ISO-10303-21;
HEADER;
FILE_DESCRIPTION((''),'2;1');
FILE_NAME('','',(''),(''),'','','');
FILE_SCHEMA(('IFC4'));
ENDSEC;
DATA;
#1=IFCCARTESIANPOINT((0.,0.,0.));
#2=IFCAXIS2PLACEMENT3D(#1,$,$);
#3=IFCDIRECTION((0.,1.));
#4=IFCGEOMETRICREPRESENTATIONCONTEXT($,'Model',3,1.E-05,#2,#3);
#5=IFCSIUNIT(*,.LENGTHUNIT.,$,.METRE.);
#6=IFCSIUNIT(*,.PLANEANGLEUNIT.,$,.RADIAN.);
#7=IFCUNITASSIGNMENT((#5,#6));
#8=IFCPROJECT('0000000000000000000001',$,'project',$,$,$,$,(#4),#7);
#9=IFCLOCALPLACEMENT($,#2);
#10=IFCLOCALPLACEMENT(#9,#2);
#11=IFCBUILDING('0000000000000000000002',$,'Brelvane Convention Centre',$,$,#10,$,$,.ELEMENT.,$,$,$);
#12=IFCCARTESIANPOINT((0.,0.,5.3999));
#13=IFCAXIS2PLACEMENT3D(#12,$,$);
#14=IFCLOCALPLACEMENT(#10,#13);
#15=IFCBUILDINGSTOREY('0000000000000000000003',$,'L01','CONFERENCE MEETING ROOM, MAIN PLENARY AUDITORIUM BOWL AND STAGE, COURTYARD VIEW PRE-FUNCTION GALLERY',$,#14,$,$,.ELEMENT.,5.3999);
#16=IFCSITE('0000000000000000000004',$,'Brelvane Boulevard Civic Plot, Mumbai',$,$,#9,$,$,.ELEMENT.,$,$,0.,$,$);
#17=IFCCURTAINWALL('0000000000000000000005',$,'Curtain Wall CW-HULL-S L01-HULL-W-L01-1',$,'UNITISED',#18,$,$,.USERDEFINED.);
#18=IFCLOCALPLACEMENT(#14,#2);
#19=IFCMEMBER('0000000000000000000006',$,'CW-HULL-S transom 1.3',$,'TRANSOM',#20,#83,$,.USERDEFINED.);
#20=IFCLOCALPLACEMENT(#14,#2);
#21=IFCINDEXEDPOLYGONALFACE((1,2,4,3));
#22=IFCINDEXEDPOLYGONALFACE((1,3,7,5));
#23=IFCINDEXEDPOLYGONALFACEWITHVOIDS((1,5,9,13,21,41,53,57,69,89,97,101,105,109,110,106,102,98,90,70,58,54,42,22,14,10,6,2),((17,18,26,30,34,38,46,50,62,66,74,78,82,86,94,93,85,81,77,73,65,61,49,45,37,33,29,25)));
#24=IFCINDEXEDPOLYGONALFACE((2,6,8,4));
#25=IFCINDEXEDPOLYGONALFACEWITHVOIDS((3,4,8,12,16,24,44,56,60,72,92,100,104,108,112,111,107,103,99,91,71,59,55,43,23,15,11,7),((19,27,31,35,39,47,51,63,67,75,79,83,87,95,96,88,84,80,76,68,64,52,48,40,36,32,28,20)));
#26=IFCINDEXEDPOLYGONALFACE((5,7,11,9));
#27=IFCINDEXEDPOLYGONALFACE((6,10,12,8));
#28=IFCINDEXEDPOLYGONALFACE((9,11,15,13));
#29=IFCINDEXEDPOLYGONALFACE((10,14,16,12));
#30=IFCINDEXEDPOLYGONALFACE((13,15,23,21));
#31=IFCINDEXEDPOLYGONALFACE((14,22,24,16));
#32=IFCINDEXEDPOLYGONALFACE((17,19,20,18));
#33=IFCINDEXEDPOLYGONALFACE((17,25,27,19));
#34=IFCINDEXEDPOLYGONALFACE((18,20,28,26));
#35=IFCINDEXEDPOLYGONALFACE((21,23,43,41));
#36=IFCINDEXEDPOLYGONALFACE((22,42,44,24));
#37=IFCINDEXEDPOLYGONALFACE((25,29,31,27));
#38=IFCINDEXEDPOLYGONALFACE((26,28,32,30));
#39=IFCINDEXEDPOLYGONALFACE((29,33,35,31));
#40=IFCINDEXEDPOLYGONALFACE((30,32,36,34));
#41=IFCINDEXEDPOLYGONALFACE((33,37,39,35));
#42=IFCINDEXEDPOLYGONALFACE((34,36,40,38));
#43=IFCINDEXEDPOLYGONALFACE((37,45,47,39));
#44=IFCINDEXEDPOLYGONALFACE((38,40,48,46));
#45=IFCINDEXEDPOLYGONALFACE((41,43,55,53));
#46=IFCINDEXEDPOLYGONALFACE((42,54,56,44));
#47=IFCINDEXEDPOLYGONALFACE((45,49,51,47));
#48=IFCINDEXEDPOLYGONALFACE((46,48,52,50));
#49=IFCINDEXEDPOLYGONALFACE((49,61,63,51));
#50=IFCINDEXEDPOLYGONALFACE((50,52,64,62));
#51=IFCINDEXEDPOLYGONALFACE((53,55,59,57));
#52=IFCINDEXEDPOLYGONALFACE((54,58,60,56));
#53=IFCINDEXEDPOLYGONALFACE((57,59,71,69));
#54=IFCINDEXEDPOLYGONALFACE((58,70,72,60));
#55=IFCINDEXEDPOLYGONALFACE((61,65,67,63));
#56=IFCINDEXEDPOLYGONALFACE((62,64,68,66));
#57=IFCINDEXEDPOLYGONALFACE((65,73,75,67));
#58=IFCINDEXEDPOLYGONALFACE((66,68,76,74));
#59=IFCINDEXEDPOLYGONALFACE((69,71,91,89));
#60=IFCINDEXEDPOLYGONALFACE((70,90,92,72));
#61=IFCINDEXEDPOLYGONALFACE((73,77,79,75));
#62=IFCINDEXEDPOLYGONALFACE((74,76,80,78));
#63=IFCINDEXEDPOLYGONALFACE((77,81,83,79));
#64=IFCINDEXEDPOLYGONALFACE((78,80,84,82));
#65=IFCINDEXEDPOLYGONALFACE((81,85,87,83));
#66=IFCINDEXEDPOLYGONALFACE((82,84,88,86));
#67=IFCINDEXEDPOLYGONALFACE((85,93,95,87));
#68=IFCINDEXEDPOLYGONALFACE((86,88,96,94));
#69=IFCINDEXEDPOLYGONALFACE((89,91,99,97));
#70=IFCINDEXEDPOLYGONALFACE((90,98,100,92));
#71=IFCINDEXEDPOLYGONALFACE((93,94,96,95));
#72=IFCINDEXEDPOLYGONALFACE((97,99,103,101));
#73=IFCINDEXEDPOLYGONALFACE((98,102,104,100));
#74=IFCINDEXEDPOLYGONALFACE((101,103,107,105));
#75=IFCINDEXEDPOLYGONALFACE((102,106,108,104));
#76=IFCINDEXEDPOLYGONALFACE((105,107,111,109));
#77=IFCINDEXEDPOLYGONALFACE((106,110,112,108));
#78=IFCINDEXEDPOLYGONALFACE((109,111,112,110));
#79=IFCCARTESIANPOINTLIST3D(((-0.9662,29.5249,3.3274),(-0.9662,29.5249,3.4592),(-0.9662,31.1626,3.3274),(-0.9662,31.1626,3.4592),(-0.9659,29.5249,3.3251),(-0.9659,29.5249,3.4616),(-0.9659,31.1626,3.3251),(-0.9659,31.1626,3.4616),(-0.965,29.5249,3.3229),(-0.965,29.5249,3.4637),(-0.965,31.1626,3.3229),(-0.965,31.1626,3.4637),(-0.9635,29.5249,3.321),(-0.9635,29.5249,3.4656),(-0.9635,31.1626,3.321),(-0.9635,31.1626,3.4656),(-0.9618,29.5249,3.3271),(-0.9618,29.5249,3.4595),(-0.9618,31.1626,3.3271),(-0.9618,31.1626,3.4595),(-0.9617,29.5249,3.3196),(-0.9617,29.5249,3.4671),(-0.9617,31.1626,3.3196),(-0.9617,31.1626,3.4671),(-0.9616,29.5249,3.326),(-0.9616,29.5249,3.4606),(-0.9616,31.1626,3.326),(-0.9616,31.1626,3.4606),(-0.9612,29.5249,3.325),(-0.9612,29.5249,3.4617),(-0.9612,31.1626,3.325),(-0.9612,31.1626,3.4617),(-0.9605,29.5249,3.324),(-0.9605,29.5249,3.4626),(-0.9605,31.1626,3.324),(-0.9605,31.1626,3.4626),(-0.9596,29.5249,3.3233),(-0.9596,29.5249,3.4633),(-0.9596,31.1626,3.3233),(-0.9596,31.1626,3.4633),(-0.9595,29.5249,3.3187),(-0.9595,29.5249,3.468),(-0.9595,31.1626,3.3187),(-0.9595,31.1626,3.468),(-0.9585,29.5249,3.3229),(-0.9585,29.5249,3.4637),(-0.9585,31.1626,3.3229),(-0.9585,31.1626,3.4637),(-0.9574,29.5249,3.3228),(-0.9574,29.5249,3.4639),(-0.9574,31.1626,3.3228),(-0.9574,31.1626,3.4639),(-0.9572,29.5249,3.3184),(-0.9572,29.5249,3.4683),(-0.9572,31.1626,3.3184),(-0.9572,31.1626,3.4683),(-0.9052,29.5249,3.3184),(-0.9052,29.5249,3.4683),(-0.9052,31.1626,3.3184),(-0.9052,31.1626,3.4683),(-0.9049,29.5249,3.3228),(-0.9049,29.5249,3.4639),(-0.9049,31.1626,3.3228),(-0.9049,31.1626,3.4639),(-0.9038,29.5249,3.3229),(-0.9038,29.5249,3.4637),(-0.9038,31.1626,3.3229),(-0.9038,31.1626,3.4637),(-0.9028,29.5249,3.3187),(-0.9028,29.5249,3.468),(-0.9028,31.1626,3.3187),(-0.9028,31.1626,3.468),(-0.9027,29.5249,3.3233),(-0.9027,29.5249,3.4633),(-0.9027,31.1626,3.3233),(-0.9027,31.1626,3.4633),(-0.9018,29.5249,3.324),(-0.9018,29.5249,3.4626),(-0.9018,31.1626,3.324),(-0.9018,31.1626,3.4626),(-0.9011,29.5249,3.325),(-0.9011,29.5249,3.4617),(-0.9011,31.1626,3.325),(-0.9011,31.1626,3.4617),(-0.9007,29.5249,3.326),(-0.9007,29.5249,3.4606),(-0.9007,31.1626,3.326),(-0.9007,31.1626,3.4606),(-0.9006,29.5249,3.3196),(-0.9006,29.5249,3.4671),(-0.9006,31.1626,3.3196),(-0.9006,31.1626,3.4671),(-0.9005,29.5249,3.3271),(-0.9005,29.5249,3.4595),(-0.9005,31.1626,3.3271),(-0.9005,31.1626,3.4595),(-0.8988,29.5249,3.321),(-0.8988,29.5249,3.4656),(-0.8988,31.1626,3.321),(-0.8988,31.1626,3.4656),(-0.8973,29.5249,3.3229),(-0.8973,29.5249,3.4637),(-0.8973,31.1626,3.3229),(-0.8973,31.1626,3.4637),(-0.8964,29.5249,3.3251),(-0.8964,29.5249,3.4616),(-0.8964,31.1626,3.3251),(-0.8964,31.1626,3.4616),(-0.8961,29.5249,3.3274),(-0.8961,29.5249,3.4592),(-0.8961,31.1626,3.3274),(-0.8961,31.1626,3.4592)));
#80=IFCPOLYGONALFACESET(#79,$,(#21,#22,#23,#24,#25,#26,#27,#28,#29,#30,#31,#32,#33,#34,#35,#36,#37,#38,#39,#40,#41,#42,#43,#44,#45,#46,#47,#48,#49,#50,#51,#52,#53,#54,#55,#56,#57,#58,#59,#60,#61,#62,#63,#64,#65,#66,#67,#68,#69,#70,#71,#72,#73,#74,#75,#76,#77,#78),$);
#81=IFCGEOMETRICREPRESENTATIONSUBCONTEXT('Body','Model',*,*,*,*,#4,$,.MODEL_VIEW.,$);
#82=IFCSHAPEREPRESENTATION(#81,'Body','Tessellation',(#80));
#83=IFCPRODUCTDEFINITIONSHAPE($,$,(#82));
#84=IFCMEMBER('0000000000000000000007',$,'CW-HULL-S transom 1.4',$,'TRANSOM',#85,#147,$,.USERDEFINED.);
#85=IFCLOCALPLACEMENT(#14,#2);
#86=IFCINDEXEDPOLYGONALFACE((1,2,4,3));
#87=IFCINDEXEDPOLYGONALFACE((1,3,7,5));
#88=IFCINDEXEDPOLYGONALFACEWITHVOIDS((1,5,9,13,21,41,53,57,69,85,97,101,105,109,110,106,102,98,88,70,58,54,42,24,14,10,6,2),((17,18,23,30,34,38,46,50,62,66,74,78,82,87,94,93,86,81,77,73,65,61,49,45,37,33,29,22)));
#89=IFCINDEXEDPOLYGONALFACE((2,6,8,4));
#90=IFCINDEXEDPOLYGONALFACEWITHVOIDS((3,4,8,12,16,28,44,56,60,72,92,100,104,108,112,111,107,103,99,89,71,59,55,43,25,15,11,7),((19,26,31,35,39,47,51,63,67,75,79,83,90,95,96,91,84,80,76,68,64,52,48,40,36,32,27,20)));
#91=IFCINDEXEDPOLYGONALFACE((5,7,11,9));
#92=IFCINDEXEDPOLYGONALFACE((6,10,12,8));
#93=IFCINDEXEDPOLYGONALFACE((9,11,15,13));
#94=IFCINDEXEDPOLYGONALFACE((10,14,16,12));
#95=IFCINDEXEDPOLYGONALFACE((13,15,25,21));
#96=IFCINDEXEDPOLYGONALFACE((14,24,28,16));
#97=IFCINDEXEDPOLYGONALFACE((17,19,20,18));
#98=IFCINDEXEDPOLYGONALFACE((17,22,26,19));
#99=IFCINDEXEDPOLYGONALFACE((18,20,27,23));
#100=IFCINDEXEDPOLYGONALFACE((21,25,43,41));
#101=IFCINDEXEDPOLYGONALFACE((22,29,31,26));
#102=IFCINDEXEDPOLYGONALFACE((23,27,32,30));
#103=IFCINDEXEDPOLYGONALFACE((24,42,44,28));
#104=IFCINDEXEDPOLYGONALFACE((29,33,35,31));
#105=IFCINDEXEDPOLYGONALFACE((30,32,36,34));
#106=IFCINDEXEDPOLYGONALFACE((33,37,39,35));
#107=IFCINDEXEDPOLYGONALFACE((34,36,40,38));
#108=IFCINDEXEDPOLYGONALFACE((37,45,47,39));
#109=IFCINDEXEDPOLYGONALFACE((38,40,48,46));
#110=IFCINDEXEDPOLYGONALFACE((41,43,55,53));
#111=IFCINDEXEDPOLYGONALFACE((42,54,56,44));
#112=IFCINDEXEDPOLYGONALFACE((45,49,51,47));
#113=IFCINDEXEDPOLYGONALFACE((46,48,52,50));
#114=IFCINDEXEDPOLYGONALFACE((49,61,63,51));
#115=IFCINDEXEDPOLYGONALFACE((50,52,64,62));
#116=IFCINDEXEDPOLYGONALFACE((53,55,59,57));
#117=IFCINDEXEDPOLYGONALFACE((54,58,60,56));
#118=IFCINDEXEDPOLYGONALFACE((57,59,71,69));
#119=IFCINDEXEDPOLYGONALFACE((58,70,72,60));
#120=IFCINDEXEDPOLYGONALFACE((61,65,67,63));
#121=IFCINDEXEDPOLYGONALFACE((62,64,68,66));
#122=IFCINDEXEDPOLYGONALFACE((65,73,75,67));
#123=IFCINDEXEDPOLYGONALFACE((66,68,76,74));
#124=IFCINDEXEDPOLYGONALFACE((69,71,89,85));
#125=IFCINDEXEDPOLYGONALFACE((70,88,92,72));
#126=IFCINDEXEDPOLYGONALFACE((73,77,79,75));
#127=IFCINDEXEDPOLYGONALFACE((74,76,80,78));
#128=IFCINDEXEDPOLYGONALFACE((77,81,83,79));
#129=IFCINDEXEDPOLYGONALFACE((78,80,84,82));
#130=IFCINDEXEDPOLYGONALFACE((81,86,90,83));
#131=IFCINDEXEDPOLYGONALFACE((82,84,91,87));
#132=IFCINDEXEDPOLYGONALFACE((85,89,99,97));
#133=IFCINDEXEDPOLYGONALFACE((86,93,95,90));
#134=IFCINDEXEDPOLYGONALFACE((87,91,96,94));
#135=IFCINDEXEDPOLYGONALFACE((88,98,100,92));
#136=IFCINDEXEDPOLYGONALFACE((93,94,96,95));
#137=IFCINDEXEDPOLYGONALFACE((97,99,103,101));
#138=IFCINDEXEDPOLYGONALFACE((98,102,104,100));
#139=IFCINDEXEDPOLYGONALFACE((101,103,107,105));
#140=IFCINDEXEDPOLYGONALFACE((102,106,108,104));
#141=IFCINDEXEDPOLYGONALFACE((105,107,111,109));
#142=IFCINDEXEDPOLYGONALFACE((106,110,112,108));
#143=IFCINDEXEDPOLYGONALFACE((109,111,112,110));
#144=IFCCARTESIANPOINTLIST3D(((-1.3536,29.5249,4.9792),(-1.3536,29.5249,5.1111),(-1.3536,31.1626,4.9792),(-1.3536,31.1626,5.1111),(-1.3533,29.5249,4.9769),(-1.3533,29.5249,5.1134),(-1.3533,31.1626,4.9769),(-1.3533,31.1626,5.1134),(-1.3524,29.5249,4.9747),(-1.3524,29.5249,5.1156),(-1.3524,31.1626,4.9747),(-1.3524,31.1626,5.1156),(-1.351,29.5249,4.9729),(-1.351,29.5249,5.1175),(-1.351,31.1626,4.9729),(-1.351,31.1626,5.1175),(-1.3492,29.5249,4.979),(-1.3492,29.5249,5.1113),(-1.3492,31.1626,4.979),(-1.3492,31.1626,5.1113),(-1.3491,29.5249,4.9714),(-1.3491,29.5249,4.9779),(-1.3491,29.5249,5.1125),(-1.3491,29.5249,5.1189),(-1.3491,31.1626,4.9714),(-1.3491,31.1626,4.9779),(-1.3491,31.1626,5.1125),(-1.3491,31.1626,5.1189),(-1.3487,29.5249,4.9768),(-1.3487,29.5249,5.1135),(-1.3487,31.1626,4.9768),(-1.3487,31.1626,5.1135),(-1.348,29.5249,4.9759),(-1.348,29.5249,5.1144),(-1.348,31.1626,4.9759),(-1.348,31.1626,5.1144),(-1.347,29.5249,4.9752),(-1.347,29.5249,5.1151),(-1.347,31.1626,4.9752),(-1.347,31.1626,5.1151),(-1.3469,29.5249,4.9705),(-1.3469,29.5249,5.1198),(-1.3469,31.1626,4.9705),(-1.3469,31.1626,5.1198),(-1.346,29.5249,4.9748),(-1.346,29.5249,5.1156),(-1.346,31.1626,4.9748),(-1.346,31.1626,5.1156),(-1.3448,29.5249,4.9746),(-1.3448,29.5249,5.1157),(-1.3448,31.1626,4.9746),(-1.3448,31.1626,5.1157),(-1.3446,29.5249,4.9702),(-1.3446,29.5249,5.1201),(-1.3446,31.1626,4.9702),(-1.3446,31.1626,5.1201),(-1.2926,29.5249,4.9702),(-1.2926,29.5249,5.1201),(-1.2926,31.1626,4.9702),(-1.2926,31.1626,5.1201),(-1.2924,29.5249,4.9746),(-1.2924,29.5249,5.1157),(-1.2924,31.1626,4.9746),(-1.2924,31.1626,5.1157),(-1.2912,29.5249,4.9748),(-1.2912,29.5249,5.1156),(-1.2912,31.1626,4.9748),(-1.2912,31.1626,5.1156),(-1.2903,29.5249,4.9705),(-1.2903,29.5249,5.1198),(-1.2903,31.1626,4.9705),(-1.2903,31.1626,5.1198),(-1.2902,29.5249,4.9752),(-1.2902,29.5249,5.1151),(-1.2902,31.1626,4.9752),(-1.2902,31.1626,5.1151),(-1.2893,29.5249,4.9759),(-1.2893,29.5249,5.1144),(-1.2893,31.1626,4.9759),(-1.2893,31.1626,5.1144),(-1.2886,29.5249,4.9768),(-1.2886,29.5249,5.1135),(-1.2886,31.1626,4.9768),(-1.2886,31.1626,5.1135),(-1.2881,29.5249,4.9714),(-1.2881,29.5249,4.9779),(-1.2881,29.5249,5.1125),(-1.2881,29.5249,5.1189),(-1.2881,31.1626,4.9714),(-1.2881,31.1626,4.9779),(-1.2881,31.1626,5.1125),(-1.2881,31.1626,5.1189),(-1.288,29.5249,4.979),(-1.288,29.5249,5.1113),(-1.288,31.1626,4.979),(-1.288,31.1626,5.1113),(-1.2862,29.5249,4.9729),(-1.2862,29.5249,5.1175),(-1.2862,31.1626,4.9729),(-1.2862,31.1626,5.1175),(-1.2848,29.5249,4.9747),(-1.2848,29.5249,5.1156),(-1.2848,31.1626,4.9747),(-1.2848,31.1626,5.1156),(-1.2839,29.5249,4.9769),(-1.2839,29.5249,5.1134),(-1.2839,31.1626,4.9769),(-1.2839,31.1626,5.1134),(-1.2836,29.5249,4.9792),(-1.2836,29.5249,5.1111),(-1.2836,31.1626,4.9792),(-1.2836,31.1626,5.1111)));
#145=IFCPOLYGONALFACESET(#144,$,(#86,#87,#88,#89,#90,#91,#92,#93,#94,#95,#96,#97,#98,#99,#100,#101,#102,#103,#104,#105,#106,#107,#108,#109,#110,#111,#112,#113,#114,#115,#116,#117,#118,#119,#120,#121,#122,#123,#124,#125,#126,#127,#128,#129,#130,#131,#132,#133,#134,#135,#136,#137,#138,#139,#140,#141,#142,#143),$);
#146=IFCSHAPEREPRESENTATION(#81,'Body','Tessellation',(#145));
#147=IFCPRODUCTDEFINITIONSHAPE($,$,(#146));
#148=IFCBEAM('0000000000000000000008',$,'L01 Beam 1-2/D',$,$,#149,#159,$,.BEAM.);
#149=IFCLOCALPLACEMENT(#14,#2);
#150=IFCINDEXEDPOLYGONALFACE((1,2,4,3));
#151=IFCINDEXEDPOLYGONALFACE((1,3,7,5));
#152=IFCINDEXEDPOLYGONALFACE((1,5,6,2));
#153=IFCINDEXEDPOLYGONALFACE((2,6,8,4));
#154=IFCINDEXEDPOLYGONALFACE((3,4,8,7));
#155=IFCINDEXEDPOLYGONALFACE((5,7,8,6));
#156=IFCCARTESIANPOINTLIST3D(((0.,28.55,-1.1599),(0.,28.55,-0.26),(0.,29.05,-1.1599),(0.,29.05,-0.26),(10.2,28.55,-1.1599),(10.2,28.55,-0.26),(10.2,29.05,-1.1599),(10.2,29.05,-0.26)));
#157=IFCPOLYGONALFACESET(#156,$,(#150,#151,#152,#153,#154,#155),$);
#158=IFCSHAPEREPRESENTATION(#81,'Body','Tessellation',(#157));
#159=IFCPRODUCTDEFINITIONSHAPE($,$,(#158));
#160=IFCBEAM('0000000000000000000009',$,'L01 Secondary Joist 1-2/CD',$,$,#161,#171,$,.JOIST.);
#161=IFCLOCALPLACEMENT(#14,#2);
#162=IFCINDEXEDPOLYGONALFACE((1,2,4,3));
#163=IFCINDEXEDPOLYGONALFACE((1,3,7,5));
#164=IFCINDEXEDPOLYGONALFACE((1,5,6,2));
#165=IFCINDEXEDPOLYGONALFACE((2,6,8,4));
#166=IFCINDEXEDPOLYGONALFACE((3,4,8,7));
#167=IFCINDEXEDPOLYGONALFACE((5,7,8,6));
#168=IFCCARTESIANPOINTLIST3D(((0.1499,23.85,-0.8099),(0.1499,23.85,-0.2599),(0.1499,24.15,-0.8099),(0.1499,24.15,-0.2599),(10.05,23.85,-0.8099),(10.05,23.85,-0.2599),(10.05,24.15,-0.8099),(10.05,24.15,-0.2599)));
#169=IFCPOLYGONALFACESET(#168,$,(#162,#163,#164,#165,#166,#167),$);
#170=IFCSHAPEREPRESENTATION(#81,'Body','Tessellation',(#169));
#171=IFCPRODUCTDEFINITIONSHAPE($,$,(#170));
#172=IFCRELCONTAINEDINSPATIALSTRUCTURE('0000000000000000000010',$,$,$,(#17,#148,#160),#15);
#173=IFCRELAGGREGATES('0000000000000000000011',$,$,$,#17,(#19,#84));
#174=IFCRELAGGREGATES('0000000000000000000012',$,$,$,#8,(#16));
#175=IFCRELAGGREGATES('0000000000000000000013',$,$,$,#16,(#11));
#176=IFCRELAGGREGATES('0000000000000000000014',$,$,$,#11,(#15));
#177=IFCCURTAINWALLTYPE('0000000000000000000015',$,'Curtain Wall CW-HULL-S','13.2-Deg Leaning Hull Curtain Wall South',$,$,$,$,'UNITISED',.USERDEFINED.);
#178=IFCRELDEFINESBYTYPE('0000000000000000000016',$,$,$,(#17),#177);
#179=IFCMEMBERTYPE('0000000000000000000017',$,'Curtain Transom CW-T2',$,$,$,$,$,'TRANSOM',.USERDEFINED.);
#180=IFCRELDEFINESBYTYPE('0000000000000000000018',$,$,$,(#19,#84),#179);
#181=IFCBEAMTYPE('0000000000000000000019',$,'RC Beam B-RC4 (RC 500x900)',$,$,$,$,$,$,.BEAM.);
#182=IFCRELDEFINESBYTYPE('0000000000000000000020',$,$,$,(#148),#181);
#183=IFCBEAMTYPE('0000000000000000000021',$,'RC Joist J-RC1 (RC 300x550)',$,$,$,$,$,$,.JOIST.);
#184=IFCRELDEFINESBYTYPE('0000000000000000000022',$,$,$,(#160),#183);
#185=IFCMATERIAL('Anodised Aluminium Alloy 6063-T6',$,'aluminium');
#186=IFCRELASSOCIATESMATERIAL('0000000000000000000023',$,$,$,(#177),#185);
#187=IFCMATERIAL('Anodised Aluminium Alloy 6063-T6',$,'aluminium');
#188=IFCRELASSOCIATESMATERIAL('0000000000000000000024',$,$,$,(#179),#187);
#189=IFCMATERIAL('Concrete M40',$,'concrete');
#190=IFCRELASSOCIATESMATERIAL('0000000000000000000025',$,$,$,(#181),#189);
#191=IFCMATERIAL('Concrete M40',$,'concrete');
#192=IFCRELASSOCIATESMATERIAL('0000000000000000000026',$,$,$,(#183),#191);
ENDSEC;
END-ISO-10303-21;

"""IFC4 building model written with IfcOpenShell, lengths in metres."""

from ifc_helpers import new_model, si_unit, direction, frame, origin, origin_2d, place, context, subcontext, project, spatial, rectangle, hollow_rectangle, extrude, material, material_profile, profile_set, type_object, element, aggregate, save


model = new_model("IFC4")

# Units and contexts
model_context = context("Model", 3, precision=1e-05, world=origin(), true_north=direction((0.0, 1.0)))
body_context = subcontext(model_context, "Body", "Model", "MODEL_VIEW")
ifc_project = project(units=[si_unit("LENGTHUNIT", "METRE"), si_unit("PLANEANGLEUNIT", "RADIAN")], contexts=[model_context])

# Site, building, storey
site_placement = place(None, origin())
site = spatial("IfcSite", under=ifc_project, at=site_placement, Name="Brelvane Boulevard Civic Plot, Mumbai", CompositionType="ELEMENT", RefElevation=0.0)
building_placement = place(site_placement, origin())
building = spatial("IfcBuilding", under=site, at=building_placement, Name="Brelvane Convention Centre", CompositionType="ELEMENT")
storey_placement = place(building_placement, frame((0.0, 0.0, 5.3999)))
storey = spatial("IfcBuildingStorey", under=building, at=storey_placement, Name="L01", Description="CONFERENCE MEETING ROOM, MAIN PLENARY AUDITORIUM BOWL AND STAGE, COURTYARD VIEW PRE-FUNCTION GALLERY", CompositionType="ELEMENT", Elevation=5.3999)

# Shared definitions
ifc_material_1 = material(Name="Anodised Aluminium Alloy 6063-T6", Category="aluminium")
curtain_wall_type = type_object("IfcCurtainWallType", Name="Curtain Wall CW-HULL-S", Description="13.2-Deg Leaning Hull Curtain Wall South", ElementType="UNITISED", PredefinedType="USERDEFINED", material=ifc_material_1)

# Curtain wall
curtain_wall_1_placement = place(storey_placement, origin())
curtain_wall_1 = element("IfcCurtainWall", 1, at=curtain_wall_1_placement, inside=storey, type_object=curtain_wall_type, Name="Curtain Wall CW-HULL-S L01-HULL-W-L01-1", ObjectType="UNITISED", PredefinedType="USERDEFINED")

# Members
ifc_material_2 = material(Name="Anodised Aluminium Alloy 6063-T6", Category="aluminium")
ifc_material_profile_1 = material_profile(ifc_material_2, hollow_rectangle(XDim=0.0701, YDim=0.1499, WallThickness=0.0044, InnerFilletRadius=0.0044, OuterFilletRadius=0.009, at=origin_2d()), Name="ALU-T 150x70x4.5")
ifc_profile_set_1 = profile_set([ifc_material_profile_1], Name="Anodised Aluminium Alloy 6063-T6")
member_type_1 = type_object("IfcMemberType", Name="Curtain Transom CW-T2", ElementType="TRANSOM", PredefinedType="USERDEFINED", material=ifc_profile_set_1)
member_1_placement = place(storey_placement, frame((-0.9312, 29.5249, 3.3933), z_axis=(0.0, 1.0, 0.0), x_axis=(-1.0, 0.0, 0.0)))
member_1 = element("IfcMember", 2, at=member_1_placement, type_object=member_type_1, Name="CW-HULL-S transom 1.3", ObjectType="TRANSOM", PredefinedType="USERDEFINED", context=body_context, shape_type="SweptSolid", body=[
    extrude(hollow_rectangle(XDim=0.0701, YDim=0.1499, WallThickness=0.0044, InnerFilletRadius=0.0044, OuterFilletRadius=0.009, at=origin_2d()), origin(), (0.0, 0.0, 1.0), 1.6377),
])
member_2_placement = place(storey_placement, frame((-1.3186, 29.5249, 5.0452), z_axis=(0.0, 1.0, 0.0), x_axis=(-1.0, 0.0, 0.0)))
member_2 = element("IfcMember", 3, at=member_2_placement, type_object=member_type_1, Name="CW-HULL-S transom 1.4", ObjectType="TRANSOM", PredefinedType="USERDEFINED", context=body_context, shape_type="SweptSolid", body=[
    extrude(hollow_rectangle(XDim=0.0701, YDim=0.1499, WallThickness=0.0044, InnerFilletRadius=0.0044, OuterFilletRadius=0.009, at=origin_2d()), origin(), (0.0, 0.0, 1.0), 1.6377),
])

# Beams
ifc_material_3 = material(Name="Concrete M40", Category="concrete")
ifc_material_profile_2 = material_profile(ifc_material_3, rectangle(XDim=0.5, YDim=0.8999, at=origin_2d()), Name="RC 500x900")
ifc_profile_set_2 = profile_set([ifc_material_profile_2], Name="Concrete M40")
beam_type_1 = type_object("IfcBeamType", Name="RC Beam B-RC4 (RC 500x900)", PredefinedType="BEAM", material=ifc_profile_set_2)
beam_1_placement = place(storey_placement, frame((0.0, 28.8, -0.71), z_axis=(1.0, 0.0, 0.0), x_axis=(0.0, 1.0, 0.0)))
element("IfcBeam", 4, at=beam_1_placement, inside=storey, type_object=beam_type_1, Name="L01 Beam 1-2/D", PredefinedType="BEAM", context=body_context, shape_type="SweptSolid", body=[
    extrude(rectangle(XDim=0.5, YDim=0.8999, at=origin_2d()), origin(), (0.0, 0.0, 1.0), 10.2),
])
ifc_material_4 = material(Name="Concrete M40", Category="concrete")
ifc_material_profile_3 = material_profile(ifc_material_4, rectangle(XDim=0.3, YDim=0.55, at=origin_2d()), Name="RC 300x550")
ifc_profile_set_3 = profile_set([ifc_material_profile_3], Name="Concrete M40")
beam_type_2 = type_object("IfcBeamType", Name="RC Joist J-RC1 (RC 300x550)", PredefinedType="JOIST", material=ifc_profile_set_3)
beam_2_placement = place(storey_placement, frame((0.1499, 24.0, -0.5349), z_axis=(1.0, 0.0, 0.0), x_axis=(0.0, 1.0, 0.0)))
element("IfcBeam", 5, at=beam_2_placement, inside=storey, type_object=beam_type_2, Name="L01 Secondary Joist 1-2/CD", PredefinedType="JOIST", context=body_context, shape_type="SweptSolid", body=[
    extrude(rectangle(XDim=0.3, YDim=0.55, at=origin_2d()), origin(), (0.0, 0.0, 1.0), 9.9001),
])

aggregate(curtain_wall_1, [member_1, member_2])

save(model, "model.ifc")
